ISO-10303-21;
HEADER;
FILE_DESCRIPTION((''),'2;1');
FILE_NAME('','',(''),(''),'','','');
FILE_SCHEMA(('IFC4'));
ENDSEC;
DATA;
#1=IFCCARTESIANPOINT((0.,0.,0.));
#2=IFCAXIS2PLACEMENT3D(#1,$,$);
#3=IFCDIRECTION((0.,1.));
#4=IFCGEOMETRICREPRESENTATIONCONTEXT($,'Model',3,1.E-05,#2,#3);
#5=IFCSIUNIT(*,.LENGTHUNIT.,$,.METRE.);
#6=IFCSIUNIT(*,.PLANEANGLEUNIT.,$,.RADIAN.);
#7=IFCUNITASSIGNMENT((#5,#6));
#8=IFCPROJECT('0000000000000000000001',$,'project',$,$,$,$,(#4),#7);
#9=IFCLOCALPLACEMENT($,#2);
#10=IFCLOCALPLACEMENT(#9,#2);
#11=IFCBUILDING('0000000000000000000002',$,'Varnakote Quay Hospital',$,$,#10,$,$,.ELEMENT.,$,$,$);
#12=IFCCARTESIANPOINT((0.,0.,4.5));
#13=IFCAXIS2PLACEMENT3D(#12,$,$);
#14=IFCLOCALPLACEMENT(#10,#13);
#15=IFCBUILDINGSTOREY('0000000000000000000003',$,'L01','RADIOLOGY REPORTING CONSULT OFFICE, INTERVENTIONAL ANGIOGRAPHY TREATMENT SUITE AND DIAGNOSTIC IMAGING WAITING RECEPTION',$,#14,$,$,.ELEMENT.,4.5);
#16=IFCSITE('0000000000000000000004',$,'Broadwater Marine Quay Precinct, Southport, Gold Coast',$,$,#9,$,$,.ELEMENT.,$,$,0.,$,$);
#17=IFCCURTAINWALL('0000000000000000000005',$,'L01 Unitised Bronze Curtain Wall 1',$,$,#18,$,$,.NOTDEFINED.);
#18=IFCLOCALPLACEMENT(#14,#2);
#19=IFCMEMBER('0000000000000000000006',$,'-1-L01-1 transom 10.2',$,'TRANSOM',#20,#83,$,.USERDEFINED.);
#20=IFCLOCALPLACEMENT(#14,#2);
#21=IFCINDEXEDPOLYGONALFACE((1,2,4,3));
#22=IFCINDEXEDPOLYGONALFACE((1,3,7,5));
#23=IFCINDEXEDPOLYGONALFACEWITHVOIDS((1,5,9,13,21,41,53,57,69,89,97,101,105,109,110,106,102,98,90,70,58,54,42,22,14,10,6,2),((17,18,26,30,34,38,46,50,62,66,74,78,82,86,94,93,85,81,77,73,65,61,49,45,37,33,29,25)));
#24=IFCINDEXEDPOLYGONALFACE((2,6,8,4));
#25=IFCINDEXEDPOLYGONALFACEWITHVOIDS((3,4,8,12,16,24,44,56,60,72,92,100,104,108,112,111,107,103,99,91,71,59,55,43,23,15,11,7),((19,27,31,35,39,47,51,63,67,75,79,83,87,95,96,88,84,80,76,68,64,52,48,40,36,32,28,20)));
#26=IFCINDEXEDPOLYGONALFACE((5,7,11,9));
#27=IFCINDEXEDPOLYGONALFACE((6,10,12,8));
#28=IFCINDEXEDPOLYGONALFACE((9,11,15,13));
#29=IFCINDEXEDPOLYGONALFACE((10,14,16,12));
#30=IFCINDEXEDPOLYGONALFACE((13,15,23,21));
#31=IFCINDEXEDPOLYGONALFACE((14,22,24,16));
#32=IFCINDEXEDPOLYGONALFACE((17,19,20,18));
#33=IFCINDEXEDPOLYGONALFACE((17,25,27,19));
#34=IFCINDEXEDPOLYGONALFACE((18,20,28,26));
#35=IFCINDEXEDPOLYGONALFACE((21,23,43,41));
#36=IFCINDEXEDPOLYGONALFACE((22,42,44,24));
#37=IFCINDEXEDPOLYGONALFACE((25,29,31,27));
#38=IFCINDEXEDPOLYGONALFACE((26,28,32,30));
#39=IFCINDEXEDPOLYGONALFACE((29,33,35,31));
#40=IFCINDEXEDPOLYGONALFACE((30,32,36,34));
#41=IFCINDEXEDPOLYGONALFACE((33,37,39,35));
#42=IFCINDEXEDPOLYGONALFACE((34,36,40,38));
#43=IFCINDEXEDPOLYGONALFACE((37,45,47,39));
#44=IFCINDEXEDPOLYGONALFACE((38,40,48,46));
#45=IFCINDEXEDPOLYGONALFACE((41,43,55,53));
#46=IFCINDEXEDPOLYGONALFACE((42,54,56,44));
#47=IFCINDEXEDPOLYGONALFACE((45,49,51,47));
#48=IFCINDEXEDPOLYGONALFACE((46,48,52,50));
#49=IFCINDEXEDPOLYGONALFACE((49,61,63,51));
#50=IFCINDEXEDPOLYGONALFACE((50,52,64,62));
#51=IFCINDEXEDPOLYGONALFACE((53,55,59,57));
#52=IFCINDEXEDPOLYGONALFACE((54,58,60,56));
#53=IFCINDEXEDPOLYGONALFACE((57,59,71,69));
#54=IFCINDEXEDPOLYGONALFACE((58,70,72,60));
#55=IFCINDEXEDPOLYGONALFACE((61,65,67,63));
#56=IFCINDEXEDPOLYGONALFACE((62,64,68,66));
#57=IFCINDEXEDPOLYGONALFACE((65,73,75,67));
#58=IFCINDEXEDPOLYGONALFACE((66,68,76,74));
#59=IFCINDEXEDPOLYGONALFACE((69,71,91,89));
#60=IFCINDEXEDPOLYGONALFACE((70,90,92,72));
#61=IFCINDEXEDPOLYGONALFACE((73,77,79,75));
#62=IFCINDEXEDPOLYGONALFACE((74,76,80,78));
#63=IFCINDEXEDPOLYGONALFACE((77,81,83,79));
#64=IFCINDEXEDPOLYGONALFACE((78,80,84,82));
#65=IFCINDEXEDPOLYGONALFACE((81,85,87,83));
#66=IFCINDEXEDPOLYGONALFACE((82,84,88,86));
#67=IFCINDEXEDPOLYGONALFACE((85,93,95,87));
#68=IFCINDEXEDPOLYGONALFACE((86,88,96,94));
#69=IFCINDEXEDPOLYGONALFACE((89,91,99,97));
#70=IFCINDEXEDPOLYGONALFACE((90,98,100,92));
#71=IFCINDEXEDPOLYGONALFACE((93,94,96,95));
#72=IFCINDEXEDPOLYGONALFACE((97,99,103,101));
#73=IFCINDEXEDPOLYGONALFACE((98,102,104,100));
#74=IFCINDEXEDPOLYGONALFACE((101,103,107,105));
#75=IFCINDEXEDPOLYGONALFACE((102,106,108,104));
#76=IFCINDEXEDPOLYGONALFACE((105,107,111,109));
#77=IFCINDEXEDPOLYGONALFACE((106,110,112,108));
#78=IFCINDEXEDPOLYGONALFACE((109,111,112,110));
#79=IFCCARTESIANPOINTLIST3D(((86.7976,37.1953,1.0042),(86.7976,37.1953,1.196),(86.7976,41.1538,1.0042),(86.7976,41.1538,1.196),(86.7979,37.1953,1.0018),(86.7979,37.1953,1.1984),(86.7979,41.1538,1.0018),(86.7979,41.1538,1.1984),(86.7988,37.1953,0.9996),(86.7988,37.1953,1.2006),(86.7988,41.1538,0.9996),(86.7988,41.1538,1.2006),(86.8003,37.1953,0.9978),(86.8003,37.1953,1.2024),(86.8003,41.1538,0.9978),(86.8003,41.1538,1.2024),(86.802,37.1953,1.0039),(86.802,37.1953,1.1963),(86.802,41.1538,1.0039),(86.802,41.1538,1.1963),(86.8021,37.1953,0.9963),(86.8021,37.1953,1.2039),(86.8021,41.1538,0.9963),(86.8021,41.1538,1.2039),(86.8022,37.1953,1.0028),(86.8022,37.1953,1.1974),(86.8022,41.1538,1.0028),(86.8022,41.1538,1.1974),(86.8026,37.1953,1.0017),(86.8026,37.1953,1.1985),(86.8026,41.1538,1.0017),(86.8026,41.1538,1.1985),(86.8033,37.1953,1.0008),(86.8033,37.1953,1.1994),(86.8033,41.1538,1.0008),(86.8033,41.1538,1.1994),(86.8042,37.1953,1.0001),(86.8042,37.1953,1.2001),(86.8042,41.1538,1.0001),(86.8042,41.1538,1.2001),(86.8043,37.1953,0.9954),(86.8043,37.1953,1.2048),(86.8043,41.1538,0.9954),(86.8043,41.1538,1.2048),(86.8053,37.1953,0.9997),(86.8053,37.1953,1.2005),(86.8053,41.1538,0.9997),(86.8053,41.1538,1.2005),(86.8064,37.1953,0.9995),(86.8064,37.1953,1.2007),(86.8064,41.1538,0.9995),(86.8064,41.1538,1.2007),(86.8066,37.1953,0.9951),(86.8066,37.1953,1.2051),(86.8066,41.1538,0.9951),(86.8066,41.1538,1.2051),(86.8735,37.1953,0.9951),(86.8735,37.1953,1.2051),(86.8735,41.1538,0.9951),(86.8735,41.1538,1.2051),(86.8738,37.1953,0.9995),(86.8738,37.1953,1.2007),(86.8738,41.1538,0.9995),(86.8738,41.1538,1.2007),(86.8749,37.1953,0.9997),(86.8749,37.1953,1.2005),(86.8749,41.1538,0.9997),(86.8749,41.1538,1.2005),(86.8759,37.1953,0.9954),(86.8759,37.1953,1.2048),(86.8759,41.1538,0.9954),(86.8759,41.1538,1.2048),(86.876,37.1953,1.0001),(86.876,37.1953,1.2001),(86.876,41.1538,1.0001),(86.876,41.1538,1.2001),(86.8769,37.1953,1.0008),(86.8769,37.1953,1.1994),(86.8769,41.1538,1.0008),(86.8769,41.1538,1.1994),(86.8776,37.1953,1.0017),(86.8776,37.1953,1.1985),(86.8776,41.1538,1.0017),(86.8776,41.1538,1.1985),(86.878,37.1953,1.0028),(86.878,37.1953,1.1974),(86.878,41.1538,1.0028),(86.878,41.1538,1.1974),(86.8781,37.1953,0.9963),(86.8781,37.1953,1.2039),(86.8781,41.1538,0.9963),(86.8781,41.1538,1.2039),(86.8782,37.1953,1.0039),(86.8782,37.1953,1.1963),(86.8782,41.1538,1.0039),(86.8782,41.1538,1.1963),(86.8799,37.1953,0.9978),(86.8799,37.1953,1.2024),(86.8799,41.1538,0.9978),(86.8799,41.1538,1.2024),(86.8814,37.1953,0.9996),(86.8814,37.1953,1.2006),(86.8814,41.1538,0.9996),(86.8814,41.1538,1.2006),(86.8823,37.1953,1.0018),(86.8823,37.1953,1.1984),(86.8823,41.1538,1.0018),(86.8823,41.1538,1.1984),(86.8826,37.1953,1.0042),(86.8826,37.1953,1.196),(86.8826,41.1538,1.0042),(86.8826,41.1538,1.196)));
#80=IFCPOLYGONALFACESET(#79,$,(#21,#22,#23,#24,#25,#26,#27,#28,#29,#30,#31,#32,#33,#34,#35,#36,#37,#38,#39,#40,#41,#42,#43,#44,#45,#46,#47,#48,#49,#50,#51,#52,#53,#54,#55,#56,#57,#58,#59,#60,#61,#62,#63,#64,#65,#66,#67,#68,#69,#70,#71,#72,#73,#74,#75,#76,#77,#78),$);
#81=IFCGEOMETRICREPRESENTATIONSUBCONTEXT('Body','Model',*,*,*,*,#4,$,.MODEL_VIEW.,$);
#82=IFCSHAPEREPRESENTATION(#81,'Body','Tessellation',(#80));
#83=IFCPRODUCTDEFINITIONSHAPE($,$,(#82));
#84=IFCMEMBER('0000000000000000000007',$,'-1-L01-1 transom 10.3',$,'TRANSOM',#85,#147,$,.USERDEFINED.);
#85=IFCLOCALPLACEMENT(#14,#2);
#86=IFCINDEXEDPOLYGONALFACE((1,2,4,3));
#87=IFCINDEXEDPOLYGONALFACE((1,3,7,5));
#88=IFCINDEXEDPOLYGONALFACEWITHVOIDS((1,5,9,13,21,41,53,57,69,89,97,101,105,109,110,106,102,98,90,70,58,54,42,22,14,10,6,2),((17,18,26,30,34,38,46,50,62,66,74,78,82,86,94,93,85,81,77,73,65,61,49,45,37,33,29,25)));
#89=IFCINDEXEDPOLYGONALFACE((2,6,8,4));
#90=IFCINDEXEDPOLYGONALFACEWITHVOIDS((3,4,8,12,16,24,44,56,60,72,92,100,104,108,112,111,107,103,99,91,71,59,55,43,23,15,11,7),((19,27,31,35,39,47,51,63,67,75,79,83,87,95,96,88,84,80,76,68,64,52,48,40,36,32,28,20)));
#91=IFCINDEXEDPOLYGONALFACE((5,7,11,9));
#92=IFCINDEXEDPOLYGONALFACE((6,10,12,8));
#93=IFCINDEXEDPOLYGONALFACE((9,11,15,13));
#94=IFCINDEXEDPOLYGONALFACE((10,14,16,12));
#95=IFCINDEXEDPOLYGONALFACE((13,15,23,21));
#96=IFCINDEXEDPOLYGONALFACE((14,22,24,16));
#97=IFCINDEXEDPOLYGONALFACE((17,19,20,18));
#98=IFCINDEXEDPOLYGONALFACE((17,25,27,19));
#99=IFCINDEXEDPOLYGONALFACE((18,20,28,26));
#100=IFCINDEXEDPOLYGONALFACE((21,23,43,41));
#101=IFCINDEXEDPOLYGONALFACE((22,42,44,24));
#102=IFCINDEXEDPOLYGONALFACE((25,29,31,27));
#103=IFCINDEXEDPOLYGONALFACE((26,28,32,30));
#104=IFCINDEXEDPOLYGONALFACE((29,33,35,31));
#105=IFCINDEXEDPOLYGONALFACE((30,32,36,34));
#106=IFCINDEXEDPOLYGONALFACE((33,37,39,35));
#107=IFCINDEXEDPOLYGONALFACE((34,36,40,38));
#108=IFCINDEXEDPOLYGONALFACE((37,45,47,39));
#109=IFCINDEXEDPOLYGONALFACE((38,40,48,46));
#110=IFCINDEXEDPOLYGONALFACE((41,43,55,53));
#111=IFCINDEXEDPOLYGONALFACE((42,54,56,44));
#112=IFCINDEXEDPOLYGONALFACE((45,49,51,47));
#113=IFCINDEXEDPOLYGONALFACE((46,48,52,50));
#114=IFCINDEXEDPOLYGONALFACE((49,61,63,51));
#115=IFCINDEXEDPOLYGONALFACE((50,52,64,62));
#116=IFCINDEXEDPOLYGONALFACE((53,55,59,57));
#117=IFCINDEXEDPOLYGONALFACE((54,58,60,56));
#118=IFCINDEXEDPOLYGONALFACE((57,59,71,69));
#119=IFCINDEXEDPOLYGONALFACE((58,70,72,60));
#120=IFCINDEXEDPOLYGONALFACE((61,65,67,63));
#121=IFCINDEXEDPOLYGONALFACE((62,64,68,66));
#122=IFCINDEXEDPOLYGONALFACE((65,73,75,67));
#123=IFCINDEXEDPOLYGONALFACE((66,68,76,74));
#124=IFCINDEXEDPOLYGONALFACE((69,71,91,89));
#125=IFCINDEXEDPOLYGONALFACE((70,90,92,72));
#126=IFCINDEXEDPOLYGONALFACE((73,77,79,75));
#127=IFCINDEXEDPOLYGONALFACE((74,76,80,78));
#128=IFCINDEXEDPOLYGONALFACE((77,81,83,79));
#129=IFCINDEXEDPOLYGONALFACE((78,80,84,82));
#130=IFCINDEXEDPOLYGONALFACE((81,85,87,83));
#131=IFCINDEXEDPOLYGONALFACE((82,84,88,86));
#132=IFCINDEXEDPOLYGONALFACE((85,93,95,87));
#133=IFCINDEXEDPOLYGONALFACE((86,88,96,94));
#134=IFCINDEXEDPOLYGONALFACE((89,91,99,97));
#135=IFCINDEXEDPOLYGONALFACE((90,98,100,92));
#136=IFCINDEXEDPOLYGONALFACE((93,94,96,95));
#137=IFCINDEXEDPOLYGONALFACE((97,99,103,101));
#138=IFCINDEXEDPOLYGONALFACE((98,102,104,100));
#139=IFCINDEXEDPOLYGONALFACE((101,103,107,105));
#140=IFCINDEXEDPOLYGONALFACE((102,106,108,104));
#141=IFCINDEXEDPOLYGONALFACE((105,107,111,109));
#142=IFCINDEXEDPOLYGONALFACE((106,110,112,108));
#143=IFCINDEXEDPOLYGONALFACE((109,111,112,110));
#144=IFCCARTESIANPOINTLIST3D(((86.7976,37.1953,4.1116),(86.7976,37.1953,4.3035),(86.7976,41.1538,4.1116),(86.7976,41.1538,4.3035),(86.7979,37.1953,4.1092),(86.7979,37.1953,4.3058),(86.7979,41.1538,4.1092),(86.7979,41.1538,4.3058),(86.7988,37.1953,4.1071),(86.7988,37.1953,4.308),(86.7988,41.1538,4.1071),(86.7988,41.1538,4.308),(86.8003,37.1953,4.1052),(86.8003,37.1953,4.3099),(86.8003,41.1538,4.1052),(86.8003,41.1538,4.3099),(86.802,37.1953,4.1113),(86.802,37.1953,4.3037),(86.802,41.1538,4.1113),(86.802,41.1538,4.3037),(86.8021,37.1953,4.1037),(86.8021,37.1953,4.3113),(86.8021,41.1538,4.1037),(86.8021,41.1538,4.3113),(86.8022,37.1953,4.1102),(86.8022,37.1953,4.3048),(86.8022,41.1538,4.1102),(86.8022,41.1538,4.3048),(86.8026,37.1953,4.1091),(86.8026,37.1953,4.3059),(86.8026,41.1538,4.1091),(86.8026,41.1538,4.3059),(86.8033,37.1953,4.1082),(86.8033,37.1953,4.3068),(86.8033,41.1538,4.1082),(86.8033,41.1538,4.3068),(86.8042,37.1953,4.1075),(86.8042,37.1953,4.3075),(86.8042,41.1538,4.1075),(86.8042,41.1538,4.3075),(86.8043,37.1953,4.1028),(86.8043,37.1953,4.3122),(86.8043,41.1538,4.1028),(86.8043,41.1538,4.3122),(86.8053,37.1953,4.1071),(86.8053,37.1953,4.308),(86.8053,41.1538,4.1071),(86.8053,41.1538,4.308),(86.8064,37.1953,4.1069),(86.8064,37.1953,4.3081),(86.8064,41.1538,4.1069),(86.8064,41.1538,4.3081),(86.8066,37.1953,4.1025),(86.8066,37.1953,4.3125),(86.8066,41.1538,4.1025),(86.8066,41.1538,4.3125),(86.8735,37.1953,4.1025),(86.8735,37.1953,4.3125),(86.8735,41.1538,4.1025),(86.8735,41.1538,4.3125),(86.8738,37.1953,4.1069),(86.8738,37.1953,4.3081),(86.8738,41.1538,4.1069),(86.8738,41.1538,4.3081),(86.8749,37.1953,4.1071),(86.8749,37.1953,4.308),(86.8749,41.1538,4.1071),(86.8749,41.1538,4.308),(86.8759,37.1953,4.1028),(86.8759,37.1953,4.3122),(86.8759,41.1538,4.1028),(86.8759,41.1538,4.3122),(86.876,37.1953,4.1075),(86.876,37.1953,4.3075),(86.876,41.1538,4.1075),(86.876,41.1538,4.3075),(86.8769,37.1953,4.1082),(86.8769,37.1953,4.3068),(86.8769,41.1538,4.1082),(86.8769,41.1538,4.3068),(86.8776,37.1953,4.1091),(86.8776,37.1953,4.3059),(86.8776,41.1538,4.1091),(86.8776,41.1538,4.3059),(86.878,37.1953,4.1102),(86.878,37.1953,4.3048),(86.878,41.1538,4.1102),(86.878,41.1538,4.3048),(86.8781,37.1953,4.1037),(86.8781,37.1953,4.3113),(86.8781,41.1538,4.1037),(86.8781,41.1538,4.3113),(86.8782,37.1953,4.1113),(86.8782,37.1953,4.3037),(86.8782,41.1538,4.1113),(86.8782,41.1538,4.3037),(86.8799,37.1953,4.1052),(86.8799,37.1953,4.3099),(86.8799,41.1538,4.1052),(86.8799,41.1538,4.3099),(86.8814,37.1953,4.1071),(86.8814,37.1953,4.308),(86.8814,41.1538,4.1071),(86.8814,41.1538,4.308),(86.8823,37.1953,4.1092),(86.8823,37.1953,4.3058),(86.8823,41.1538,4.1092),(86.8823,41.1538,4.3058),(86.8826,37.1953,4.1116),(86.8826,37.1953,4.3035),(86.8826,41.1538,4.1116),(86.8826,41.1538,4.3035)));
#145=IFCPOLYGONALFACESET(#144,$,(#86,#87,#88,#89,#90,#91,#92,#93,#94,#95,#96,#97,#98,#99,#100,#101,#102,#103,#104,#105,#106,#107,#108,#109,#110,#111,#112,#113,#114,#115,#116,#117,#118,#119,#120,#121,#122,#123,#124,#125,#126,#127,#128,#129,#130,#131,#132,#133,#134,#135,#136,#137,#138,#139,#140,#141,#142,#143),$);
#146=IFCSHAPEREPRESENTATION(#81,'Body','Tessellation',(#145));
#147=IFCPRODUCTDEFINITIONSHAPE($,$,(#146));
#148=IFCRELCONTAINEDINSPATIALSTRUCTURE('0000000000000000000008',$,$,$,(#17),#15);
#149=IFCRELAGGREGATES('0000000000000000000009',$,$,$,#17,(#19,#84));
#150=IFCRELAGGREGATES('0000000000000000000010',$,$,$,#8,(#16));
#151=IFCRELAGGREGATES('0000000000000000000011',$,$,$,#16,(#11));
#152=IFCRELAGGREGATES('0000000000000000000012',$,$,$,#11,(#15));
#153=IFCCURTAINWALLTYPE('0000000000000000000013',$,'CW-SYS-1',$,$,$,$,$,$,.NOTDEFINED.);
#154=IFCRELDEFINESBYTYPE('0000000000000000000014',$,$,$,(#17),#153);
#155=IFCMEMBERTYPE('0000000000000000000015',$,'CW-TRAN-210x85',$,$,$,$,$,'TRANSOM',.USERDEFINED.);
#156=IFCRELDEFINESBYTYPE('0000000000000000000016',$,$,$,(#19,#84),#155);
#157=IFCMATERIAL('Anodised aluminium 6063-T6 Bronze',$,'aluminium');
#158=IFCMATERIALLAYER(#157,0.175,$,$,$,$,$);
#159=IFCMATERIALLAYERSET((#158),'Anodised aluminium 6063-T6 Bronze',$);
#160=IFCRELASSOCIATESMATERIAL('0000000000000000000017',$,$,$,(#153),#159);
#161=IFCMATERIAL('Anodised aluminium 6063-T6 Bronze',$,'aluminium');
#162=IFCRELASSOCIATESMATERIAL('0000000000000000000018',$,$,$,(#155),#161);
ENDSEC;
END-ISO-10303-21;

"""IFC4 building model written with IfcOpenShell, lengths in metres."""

from ifc_helpers import new_model, si_unit, direction, frame, origin, origin_2d, place, context, subcontext, project, spatial, hollow_rectangle, extrude, material, layer, layer_set, material_profile, profile_set, type_object, element, aggregate, save


model = new_model("IFC4")

# Units and contexts
model_context = context("Model", 3, precision=1e-05, world=origin(), true_north=direction((0.0, 1.0)))
body_context = subcontext(model_context, "Body", "Model", "MODEL_VIEW")
ifc_project = project(units=[si_unit("LENGTHUNIT", "METRE"), si_unit("PLANEANGLEUNIT", "RADIAN")], contexts=[model_context])

# Site, building, storey
site_placement = place(None, origin())
site = spatial("IfcSite", under=ifc_project, at=site_placement, Name="Broadwater Marine Quay Precinct, Southport, Gold Coast", CompositionType="ELEMENT", RefElevation=0.0)
building_placement = place(site_placement, origin())
building = spatial("IfcBuilding", under=site, at=building_placement, Name="Varnakote Quay Hospital", CompositionType="ELEMENT")
storey_placement = place(building_placement, frame((0.0, 0.0, 4.5)))
storey = spatial("IfcBuildingStorey", under=building, at=storey_placement, Name="L01", Description="RADIOLOGY REPORTING CONSULT OFFICE, INTERVENTIONAL ANGIOGRAPHY TREATMENT SUITE AND DIAGNOSTIC IMAGING WAITING RECEPTION", CompositionType="ELEMENT", Elevation=4.5)

# Curtain wall, members
ifc_material_1 = material(Name="Anodised aluminium 6063-T6 Bronze", Category="aluminium")
ifc_layer_1 = layer(ifc_material_1, 0.175)
ifc_layer_set_1 = layer_set([ifc_layer_1], Name="Anodised aluminium 6063-T6 Bronze")
curtain_wall_type = type_object("IfcCurtainWallType", Name="CW-SYS-1", PredefinedType="NOTDEFINED", material=ifc_layer_set_1)
curtain_wall_placement = place(storey_placement, origin())
curtain_wall = element("IfcCurtainWall", 1, at=curtain_wall_placement, inside=storey, type_object=curtain_wall_type, Name="L01 Unitised Bronze Curtain Wall 1", PredefinedType="NOTDEFINED")
ifc_material_2 = material(Name="Anodised aluminium 6063-T6 Bronze", Category="aluminium")
ifc_material_profile_1 = material_profile(ifc_material_2, hollow_rectangle(XDim=0.085, YDim=0.21, WallThickness=0.0044, InnerFilletRadius=0.0044, OuterFilletRadius=0.009, at=origin_2d()), Name="CW-TRAN-210x85")
ifc_profile_set_1 = profile_set([ifc_material_profile_1], Name="Anodised aluminium 6063-T6 Bronze")
member_type_1 = type_object("IfcMemberType", Name="CW-TRAN-210x85", ElementType="TRANSOM", PredefinedType="USERDEFINED", material=ifc_profile_set_1)
member_1_placement = place(storey_placement, frame((86.8401, 37.1953, 1.1001), z_axis=(0.0, 1.0, 0.0), x_axis=(-1.0, 0.0, 0.0)))
member_1 = element("IfcMember", 2, at=member_1_placement, type_object=member_type_1, Name="-1-L01-1 transom 10.2", ObjectType="TRANSOM", PredefinedType="USERDEFINED", context=body_context, shape_type="SweptSolid", body=[
    extrude(hollow_rectangle(XDim=0.085, YDim=0.21, WallThickness=0.0044, InnerFilletRadius=0.0044, OuterFilletRadius=0.009, at=origin_2d()), origin(), (0.0, 0.0, 1.0), 3.9585),
])
member_2_placement = place(storey_placement, frame((86.8401, 37.1953, 4.2075), z_axis=(0.0, 1.0, 0.0), x_axis=(-1.0, 0.0, 0.0)))
member_2 = element("IfcMember", 3, at=member_2_placement, type_object=member_type_1, Name="-1-L01-1 transom 10.3", ObjectType="TRANSOM", PredefinedType="USERDEFINED", context=body_context, shape_type="SweptSolid", body=[
    extrude(hollow_rectangle(XDim=0.085, YDim=0.21, WallThickness=0.0044, InnerFilletRadius=0.0044, OuterFilletRadius=0.009, at=origin_2d()), origin(), (0.0, 0.0, 1.0), 3.9585),
])

aggregate(curtain_wall, [member_1, member_2])

save(model, "model.ifc")
